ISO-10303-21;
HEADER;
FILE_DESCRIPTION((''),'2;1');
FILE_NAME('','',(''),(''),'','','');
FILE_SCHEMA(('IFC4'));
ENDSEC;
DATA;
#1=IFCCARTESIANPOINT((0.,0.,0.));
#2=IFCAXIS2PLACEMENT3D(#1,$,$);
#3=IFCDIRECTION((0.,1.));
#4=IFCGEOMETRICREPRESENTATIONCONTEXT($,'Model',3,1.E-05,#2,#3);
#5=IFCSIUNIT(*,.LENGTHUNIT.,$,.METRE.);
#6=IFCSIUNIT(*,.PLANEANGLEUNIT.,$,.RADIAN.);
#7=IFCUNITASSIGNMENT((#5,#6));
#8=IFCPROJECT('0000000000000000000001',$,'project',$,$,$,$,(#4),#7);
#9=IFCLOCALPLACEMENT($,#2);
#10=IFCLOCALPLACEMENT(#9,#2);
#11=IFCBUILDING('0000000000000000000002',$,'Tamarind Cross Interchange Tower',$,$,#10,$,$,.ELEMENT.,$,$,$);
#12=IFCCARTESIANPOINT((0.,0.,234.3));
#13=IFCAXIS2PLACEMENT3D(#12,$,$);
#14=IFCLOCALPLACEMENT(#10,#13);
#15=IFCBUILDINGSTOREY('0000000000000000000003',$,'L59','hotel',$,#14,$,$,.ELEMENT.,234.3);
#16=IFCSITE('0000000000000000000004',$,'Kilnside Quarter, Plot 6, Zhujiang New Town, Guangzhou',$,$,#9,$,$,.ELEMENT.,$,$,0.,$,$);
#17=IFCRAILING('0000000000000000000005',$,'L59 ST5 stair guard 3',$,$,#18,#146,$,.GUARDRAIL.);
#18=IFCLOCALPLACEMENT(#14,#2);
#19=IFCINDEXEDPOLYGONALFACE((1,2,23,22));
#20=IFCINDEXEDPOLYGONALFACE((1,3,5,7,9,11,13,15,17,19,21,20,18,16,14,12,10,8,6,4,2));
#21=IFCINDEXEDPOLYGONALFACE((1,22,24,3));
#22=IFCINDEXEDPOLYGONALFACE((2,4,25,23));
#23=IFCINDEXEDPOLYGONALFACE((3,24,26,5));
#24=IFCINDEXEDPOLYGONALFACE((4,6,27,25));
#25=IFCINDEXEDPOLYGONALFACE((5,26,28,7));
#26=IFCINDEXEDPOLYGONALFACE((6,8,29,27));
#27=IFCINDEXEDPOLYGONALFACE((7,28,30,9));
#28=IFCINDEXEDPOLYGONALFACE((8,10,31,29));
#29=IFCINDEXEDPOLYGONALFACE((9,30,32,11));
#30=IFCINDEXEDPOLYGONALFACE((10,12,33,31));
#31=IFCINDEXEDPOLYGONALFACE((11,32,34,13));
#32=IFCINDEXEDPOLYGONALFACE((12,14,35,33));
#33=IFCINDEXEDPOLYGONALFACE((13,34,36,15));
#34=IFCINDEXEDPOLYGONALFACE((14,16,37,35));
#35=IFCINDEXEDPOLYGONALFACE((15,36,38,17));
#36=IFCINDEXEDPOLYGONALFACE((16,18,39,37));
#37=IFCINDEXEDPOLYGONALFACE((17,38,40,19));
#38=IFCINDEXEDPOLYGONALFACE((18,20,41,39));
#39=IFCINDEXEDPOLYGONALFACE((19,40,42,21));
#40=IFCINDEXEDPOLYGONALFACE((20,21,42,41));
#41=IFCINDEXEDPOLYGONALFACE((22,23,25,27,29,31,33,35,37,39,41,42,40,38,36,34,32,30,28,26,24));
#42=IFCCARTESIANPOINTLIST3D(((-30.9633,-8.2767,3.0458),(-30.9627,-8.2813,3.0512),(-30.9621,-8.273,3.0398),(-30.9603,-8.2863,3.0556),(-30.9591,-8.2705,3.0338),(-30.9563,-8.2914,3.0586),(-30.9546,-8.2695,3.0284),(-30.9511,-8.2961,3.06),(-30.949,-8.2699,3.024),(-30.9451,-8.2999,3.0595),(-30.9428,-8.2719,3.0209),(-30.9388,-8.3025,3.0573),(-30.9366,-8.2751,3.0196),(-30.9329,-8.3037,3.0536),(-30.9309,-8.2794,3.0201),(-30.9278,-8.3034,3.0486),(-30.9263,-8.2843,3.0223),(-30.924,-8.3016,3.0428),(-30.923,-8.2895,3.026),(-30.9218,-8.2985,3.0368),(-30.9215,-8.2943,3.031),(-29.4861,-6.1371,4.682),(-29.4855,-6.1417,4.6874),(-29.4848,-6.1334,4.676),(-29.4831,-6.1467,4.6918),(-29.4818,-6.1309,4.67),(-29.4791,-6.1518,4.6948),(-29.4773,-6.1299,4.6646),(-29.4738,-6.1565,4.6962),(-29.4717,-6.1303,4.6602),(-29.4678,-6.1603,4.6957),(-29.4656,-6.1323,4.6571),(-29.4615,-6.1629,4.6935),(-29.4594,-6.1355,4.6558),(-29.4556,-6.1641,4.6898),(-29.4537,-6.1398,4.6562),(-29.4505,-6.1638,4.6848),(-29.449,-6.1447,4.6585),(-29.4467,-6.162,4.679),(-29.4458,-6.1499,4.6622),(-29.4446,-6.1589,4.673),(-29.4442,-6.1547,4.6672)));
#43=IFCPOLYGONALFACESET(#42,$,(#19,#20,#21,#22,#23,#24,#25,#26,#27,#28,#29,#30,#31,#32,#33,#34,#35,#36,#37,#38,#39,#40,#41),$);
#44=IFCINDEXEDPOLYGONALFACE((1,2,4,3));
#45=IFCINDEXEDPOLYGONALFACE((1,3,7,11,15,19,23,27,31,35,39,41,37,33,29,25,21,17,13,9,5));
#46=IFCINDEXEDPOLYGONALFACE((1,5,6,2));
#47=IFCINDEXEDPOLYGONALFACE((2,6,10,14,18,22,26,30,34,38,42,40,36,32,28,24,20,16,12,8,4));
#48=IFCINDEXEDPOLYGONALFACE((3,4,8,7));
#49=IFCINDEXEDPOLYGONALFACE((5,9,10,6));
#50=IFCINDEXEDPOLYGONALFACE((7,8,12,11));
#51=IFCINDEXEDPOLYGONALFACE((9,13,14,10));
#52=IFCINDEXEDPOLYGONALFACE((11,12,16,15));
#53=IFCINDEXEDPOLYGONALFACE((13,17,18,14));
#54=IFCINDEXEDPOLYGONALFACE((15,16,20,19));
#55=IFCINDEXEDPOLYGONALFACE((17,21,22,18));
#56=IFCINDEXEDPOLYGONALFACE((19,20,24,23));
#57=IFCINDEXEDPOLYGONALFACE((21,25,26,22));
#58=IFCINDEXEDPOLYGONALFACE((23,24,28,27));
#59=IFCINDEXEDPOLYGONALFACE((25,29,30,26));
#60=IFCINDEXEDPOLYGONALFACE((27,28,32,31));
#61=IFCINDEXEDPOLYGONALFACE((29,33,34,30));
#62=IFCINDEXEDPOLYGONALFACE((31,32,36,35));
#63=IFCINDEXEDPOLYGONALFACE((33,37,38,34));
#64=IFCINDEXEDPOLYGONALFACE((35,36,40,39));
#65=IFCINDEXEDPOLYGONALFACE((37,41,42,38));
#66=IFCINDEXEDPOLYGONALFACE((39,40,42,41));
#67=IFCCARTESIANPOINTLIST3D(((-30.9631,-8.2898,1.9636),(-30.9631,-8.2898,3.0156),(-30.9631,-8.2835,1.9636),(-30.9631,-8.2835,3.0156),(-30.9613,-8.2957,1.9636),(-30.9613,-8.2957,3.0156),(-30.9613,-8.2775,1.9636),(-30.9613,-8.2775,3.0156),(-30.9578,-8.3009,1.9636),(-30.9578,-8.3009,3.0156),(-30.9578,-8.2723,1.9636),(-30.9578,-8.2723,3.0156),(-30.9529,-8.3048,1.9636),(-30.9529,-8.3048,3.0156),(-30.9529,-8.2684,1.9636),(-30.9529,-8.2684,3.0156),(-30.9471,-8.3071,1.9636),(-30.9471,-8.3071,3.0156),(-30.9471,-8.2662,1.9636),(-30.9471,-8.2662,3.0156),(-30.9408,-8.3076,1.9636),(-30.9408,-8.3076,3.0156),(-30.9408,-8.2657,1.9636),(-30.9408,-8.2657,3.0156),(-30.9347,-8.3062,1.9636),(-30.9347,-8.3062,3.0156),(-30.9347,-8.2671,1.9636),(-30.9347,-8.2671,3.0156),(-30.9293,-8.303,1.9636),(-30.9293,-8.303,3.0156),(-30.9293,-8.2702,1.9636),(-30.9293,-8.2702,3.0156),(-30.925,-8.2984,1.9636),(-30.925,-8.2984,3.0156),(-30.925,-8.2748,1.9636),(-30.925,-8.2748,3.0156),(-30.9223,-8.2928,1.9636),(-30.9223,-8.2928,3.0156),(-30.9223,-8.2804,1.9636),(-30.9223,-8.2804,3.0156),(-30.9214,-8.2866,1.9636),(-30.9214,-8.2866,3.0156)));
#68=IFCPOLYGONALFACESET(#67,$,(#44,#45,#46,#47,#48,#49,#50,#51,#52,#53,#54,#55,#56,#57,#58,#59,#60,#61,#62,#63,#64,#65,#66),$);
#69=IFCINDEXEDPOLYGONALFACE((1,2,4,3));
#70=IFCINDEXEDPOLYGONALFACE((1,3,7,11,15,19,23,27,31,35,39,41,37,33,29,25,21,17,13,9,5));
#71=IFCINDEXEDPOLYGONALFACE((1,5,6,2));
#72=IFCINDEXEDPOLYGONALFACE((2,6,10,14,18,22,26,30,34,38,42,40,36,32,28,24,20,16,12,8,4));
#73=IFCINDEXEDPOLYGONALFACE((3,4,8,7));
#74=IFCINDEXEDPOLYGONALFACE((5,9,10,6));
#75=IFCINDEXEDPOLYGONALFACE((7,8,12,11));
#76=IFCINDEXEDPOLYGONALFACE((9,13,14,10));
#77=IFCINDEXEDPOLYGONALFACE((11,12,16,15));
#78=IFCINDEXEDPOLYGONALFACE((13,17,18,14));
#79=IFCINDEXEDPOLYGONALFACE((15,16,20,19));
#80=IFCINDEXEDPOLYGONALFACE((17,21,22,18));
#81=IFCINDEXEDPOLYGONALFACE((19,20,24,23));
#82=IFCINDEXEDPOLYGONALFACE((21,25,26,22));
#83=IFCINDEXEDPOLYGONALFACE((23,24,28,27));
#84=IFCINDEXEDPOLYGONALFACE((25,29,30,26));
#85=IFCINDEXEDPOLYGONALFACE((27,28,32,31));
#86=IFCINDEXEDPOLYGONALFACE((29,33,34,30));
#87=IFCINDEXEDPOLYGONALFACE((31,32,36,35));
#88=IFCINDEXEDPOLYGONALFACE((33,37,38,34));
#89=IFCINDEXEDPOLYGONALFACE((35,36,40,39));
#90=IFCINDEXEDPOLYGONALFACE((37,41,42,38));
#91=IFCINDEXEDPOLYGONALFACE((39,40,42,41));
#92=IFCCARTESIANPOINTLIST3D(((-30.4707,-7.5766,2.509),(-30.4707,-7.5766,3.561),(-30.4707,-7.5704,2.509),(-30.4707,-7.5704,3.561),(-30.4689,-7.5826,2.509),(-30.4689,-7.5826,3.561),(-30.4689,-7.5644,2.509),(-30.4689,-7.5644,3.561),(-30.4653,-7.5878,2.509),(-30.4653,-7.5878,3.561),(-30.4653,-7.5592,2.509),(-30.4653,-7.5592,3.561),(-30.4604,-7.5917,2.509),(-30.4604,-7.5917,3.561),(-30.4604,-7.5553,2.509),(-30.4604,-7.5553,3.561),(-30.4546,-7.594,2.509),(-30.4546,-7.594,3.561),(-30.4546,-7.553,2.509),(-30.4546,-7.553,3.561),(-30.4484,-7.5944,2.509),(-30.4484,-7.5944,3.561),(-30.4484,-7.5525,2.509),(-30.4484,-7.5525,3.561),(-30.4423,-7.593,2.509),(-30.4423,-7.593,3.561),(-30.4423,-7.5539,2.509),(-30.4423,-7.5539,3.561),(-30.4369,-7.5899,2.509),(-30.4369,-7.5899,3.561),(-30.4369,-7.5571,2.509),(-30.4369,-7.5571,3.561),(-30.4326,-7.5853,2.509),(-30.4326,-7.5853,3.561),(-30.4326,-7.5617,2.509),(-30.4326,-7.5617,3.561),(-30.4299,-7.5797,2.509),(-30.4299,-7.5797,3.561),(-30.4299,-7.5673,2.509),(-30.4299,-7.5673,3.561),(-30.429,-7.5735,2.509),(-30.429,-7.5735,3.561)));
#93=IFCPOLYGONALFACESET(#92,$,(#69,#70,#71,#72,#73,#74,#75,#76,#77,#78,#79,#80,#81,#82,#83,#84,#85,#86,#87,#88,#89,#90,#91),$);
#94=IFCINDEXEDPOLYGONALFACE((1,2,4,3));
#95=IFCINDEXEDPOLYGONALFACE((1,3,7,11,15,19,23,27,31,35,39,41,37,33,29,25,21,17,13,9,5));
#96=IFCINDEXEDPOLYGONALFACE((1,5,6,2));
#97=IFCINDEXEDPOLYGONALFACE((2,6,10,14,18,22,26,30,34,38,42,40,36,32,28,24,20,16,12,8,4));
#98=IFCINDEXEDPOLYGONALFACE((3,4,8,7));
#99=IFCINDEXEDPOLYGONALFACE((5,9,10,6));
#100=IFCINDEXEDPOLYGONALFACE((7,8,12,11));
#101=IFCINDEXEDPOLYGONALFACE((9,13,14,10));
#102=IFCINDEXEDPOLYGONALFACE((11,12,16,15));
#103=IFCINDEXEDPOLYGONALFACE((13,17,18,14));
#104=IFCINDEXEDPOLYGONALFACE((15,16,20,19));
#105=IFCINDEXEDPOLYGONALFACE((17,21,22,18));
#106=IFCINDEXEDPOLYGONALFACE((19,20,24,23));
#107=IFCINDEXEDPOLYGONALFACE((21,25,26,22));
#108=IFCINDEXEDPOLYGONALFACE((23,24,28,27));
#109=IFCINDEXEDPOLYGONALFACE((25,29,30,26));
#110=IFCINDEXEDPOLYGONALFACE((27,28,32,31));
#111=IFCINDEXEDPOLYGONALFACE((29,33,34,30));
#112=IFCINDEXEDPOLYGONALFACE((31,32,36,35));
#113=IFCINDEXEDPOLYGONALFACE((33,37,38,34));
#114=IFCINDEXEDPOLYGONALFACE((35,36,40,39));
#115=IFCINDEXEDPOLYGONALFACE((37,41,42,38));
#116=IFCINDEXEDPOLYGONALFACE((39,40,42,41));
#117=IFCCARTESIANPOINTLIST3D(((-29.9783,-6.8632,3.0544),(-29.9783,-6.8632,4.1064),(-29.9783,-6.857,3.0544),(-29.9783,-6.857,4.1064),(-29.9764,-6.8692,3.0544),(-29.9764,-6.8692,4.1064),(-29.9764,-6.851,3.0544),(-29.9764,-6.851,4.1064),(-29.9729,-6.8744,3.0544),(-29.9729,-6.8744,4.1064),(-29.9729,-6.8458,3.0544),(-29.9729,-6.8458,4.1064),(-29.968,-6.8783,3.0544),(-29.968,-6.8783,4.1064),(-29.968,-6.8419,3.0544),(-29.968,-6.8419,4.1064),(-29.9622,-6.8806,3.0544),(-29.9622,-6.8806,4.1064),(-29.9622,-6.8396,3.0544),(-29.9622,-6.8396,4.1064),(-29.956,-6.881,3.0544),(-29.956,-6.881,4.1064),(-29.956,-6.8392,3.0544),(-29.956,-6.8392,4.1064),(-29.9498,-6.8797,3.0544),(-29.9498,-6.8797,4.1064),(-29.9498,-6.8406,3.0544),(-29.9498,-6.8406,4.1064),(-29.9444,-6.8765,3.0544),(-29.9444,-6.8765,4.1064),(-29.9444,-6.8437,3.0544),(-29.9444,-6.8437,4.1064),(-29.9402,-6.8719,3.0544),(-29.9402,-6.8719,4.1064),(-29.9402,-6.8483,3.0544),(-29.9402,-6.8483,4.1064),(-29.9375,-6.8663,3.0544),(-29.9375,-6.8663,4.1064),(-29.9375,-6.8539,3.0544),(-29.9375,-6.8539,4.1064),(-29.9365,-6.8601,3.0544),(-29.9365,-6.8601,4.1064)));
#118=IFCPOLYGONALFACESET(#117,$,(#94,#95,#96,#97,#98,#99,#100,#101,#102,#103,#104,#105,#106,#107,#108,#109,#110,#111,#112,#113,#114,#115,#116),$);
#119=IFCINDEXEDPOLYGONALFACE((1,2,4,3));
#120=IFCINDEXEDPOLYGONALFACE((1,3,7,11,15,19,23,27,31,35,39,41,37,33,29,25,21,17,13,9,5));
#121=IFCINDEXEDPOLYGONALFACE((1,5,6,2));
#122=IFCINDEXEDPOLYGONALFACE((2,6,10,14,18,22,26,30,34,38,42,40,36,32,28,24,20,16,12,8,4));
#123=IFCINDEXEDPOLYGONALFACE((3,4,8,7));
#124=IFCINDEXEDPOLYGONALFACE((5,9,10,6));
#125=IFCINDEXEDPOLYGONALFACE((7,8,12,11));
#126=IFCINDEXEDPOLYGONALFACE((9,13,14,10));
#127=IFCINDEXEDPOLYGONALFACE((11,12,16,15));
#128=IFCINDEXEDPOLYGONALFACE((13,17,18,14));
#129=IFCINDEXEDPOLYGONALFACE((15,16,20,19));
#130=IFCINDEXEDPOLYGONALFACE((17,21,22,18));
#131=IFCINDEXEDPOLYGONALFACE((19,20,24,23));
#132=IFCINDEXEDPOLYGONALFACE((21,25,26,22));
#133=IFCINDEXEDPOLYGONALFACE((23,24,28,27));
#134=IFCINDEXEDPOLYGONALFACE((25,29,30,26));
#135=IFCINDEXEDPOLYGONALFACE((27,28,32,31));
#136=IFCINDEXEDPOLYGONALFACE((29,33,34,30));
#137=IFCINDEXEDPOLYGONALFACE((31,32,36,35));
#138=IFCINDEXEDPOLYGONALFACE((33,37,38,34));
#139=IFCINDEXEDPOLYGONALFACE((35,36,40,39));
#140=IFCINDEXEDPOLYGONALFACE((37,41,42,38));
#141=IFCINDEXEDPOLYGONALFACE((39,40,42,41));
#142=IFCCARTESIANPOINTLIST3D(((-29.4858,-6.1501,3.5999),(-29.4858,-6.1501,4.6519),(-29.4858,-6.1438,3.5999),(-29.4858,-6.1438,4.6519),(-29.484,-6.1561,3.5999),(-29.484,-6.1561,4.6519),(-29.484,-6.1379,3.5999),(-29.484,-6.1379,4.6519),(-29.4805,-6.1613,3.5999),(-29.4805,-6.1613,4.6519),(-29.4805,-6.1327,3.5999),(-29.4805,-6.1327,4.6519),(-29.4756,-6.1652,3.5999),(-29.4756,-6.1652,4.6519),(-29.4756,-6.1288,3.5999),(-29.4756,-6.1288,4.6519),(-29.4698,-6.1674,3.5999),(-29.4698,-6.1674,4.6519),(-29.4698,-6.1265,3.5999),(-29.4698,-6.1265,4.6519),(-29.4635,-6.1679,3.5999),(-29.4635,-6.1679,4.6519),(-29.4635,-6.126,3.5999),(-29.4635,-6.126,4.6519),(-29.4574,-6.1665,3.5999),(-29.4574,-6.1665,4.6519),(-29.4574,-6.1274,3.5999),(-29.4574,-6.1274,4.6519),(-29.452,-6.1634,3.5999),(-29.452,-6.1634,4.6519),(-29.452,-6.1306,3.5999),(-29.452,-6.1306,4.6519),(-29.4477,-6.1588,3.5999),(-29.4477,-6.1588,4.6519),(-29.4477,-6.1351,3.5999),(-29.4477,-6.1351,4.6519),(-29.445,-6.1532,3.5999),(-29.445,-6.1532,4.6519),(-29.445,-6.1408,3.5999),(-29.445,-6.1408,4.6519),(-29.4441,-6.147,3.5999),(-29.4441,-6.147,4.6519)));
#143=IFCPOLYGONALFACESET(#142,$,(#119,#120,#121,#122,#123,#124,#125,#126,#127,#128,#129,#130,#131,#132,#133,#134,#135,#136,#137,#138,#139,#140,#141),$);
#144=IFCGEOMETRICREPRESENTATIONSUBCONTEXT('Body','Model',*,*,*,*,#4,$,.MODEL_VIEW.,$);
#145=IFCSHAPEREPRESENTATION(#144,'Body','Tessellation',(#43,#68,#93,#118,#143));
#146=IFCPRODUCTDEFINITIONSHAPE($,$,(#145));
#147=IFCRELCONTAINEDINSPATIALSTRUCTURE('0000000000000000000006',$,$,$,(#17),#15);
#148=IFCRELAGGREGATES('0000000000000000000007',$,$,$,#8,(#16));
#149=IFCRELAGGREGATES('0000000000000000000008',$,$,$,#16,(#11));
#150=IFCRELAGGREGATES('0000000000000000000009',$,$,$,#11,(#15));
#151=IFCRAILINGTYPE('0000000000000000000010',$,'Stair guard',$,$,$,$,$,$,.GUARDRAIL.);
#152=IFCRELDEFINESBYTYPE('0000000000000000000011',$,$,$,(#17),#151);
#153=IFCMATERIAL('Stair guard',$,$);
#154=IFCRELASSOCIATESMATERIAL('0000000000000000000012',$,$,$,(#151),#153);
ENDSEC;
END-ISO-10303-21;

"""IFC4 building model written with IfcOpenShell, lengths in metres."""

from ifc_helpers import new_model, si_unit, direction, frame, origin, origin_2d, place, context, subcontext, project, spatial, circle, extrude, material, type_object, element, save


model = new_model("IFC4")

# Units and contexts
model_context = context("Model", 3, precision=1e-05, world=origin(), true_north=direction((0.0, 1.0)))
body_context = subcontext(model_context, "Body", "Model", "MODEL_VIEW")
ifc_project = project(units=[si_unit("LENGTHUNIT", "METRE"), si_unit("PLANEANGLEUNIT", "RADIAN")], contexts=[model_context])

# Site, building, storey
site_placement = place(None, origin())
site = spatial("IfcSite", under=ifc_project, at=site_placement, Name="Kilnside Quarter, Plot 6, Zhujiang New Town, Guangzhou", CompositionType="ELEMENT", RefElevation=0.0)
building_placement = place(site_placement, origin())
building = spatial("IfcBuilding", under=site, at=building_placement, Name="Tamarind Cross Interchange Tower", CompositionType="ELEMENT")
storey_placement = place(building_placement, frame((0.0, 0.0, 234.3)))
storey = spatial("IfcBuildingStorey", under=building, at=storey_placement, Name="L59", Description="hotel", CompositionType="ELEMENT", Elevation=234.3)

# Railing
ifc_material_1 = material(Name="Stair guard")
railing_type_1 = type_object("IfcRailingType", Name="Stair guard", PredefinedType="GUARDRAIL", material=ifc_material_1)
railing_1_placement = place(storey_placement, frame((-30.9424, -8.2866, 1.9636)))
element("IfcRailing", 1, at=railing_1_placement, inside=storey, type_object=railing_type_1, Name="L59 ST5 stair guard 3", PredefinedType="GUARDRAIL", context=body_context, shape_type="SweptSolid", body=[
    extrude(circle(Radius=0.0239, at=origin_2d()), frame((0.0, 0.0, 1.0762), z_axis=(0.480876, 0.696479, 0.532611), x_axis=(-0.822912, 0.56817, 0.0)), (0.0, 0.0, 1.0), 3.072),
    extrude(circle(Radius=0.021, at=origin_2d()), origin(), (0.0, 0.0, 1.0), 1.052),
    extrude(circle(Radius=0.021, at=origin_2d()), frame((0.4924, 0.7131, 0.5454)), (0.0, 0.0, 1.0), 1.052),
    extrude(circle(Radius=0.021, at=origin_2d()), frame((0.9849, 1.4265, 1.0908)), (0.0, 0.0, 1.0), 1.052),
    extrude(circle(Radius=0.021, at=origin_2d()), frame((1.4773, 2.1396, 1.6362)), (0.0, 0.0, 1.0), 1.052),
])

save(model, "model.ifc")
